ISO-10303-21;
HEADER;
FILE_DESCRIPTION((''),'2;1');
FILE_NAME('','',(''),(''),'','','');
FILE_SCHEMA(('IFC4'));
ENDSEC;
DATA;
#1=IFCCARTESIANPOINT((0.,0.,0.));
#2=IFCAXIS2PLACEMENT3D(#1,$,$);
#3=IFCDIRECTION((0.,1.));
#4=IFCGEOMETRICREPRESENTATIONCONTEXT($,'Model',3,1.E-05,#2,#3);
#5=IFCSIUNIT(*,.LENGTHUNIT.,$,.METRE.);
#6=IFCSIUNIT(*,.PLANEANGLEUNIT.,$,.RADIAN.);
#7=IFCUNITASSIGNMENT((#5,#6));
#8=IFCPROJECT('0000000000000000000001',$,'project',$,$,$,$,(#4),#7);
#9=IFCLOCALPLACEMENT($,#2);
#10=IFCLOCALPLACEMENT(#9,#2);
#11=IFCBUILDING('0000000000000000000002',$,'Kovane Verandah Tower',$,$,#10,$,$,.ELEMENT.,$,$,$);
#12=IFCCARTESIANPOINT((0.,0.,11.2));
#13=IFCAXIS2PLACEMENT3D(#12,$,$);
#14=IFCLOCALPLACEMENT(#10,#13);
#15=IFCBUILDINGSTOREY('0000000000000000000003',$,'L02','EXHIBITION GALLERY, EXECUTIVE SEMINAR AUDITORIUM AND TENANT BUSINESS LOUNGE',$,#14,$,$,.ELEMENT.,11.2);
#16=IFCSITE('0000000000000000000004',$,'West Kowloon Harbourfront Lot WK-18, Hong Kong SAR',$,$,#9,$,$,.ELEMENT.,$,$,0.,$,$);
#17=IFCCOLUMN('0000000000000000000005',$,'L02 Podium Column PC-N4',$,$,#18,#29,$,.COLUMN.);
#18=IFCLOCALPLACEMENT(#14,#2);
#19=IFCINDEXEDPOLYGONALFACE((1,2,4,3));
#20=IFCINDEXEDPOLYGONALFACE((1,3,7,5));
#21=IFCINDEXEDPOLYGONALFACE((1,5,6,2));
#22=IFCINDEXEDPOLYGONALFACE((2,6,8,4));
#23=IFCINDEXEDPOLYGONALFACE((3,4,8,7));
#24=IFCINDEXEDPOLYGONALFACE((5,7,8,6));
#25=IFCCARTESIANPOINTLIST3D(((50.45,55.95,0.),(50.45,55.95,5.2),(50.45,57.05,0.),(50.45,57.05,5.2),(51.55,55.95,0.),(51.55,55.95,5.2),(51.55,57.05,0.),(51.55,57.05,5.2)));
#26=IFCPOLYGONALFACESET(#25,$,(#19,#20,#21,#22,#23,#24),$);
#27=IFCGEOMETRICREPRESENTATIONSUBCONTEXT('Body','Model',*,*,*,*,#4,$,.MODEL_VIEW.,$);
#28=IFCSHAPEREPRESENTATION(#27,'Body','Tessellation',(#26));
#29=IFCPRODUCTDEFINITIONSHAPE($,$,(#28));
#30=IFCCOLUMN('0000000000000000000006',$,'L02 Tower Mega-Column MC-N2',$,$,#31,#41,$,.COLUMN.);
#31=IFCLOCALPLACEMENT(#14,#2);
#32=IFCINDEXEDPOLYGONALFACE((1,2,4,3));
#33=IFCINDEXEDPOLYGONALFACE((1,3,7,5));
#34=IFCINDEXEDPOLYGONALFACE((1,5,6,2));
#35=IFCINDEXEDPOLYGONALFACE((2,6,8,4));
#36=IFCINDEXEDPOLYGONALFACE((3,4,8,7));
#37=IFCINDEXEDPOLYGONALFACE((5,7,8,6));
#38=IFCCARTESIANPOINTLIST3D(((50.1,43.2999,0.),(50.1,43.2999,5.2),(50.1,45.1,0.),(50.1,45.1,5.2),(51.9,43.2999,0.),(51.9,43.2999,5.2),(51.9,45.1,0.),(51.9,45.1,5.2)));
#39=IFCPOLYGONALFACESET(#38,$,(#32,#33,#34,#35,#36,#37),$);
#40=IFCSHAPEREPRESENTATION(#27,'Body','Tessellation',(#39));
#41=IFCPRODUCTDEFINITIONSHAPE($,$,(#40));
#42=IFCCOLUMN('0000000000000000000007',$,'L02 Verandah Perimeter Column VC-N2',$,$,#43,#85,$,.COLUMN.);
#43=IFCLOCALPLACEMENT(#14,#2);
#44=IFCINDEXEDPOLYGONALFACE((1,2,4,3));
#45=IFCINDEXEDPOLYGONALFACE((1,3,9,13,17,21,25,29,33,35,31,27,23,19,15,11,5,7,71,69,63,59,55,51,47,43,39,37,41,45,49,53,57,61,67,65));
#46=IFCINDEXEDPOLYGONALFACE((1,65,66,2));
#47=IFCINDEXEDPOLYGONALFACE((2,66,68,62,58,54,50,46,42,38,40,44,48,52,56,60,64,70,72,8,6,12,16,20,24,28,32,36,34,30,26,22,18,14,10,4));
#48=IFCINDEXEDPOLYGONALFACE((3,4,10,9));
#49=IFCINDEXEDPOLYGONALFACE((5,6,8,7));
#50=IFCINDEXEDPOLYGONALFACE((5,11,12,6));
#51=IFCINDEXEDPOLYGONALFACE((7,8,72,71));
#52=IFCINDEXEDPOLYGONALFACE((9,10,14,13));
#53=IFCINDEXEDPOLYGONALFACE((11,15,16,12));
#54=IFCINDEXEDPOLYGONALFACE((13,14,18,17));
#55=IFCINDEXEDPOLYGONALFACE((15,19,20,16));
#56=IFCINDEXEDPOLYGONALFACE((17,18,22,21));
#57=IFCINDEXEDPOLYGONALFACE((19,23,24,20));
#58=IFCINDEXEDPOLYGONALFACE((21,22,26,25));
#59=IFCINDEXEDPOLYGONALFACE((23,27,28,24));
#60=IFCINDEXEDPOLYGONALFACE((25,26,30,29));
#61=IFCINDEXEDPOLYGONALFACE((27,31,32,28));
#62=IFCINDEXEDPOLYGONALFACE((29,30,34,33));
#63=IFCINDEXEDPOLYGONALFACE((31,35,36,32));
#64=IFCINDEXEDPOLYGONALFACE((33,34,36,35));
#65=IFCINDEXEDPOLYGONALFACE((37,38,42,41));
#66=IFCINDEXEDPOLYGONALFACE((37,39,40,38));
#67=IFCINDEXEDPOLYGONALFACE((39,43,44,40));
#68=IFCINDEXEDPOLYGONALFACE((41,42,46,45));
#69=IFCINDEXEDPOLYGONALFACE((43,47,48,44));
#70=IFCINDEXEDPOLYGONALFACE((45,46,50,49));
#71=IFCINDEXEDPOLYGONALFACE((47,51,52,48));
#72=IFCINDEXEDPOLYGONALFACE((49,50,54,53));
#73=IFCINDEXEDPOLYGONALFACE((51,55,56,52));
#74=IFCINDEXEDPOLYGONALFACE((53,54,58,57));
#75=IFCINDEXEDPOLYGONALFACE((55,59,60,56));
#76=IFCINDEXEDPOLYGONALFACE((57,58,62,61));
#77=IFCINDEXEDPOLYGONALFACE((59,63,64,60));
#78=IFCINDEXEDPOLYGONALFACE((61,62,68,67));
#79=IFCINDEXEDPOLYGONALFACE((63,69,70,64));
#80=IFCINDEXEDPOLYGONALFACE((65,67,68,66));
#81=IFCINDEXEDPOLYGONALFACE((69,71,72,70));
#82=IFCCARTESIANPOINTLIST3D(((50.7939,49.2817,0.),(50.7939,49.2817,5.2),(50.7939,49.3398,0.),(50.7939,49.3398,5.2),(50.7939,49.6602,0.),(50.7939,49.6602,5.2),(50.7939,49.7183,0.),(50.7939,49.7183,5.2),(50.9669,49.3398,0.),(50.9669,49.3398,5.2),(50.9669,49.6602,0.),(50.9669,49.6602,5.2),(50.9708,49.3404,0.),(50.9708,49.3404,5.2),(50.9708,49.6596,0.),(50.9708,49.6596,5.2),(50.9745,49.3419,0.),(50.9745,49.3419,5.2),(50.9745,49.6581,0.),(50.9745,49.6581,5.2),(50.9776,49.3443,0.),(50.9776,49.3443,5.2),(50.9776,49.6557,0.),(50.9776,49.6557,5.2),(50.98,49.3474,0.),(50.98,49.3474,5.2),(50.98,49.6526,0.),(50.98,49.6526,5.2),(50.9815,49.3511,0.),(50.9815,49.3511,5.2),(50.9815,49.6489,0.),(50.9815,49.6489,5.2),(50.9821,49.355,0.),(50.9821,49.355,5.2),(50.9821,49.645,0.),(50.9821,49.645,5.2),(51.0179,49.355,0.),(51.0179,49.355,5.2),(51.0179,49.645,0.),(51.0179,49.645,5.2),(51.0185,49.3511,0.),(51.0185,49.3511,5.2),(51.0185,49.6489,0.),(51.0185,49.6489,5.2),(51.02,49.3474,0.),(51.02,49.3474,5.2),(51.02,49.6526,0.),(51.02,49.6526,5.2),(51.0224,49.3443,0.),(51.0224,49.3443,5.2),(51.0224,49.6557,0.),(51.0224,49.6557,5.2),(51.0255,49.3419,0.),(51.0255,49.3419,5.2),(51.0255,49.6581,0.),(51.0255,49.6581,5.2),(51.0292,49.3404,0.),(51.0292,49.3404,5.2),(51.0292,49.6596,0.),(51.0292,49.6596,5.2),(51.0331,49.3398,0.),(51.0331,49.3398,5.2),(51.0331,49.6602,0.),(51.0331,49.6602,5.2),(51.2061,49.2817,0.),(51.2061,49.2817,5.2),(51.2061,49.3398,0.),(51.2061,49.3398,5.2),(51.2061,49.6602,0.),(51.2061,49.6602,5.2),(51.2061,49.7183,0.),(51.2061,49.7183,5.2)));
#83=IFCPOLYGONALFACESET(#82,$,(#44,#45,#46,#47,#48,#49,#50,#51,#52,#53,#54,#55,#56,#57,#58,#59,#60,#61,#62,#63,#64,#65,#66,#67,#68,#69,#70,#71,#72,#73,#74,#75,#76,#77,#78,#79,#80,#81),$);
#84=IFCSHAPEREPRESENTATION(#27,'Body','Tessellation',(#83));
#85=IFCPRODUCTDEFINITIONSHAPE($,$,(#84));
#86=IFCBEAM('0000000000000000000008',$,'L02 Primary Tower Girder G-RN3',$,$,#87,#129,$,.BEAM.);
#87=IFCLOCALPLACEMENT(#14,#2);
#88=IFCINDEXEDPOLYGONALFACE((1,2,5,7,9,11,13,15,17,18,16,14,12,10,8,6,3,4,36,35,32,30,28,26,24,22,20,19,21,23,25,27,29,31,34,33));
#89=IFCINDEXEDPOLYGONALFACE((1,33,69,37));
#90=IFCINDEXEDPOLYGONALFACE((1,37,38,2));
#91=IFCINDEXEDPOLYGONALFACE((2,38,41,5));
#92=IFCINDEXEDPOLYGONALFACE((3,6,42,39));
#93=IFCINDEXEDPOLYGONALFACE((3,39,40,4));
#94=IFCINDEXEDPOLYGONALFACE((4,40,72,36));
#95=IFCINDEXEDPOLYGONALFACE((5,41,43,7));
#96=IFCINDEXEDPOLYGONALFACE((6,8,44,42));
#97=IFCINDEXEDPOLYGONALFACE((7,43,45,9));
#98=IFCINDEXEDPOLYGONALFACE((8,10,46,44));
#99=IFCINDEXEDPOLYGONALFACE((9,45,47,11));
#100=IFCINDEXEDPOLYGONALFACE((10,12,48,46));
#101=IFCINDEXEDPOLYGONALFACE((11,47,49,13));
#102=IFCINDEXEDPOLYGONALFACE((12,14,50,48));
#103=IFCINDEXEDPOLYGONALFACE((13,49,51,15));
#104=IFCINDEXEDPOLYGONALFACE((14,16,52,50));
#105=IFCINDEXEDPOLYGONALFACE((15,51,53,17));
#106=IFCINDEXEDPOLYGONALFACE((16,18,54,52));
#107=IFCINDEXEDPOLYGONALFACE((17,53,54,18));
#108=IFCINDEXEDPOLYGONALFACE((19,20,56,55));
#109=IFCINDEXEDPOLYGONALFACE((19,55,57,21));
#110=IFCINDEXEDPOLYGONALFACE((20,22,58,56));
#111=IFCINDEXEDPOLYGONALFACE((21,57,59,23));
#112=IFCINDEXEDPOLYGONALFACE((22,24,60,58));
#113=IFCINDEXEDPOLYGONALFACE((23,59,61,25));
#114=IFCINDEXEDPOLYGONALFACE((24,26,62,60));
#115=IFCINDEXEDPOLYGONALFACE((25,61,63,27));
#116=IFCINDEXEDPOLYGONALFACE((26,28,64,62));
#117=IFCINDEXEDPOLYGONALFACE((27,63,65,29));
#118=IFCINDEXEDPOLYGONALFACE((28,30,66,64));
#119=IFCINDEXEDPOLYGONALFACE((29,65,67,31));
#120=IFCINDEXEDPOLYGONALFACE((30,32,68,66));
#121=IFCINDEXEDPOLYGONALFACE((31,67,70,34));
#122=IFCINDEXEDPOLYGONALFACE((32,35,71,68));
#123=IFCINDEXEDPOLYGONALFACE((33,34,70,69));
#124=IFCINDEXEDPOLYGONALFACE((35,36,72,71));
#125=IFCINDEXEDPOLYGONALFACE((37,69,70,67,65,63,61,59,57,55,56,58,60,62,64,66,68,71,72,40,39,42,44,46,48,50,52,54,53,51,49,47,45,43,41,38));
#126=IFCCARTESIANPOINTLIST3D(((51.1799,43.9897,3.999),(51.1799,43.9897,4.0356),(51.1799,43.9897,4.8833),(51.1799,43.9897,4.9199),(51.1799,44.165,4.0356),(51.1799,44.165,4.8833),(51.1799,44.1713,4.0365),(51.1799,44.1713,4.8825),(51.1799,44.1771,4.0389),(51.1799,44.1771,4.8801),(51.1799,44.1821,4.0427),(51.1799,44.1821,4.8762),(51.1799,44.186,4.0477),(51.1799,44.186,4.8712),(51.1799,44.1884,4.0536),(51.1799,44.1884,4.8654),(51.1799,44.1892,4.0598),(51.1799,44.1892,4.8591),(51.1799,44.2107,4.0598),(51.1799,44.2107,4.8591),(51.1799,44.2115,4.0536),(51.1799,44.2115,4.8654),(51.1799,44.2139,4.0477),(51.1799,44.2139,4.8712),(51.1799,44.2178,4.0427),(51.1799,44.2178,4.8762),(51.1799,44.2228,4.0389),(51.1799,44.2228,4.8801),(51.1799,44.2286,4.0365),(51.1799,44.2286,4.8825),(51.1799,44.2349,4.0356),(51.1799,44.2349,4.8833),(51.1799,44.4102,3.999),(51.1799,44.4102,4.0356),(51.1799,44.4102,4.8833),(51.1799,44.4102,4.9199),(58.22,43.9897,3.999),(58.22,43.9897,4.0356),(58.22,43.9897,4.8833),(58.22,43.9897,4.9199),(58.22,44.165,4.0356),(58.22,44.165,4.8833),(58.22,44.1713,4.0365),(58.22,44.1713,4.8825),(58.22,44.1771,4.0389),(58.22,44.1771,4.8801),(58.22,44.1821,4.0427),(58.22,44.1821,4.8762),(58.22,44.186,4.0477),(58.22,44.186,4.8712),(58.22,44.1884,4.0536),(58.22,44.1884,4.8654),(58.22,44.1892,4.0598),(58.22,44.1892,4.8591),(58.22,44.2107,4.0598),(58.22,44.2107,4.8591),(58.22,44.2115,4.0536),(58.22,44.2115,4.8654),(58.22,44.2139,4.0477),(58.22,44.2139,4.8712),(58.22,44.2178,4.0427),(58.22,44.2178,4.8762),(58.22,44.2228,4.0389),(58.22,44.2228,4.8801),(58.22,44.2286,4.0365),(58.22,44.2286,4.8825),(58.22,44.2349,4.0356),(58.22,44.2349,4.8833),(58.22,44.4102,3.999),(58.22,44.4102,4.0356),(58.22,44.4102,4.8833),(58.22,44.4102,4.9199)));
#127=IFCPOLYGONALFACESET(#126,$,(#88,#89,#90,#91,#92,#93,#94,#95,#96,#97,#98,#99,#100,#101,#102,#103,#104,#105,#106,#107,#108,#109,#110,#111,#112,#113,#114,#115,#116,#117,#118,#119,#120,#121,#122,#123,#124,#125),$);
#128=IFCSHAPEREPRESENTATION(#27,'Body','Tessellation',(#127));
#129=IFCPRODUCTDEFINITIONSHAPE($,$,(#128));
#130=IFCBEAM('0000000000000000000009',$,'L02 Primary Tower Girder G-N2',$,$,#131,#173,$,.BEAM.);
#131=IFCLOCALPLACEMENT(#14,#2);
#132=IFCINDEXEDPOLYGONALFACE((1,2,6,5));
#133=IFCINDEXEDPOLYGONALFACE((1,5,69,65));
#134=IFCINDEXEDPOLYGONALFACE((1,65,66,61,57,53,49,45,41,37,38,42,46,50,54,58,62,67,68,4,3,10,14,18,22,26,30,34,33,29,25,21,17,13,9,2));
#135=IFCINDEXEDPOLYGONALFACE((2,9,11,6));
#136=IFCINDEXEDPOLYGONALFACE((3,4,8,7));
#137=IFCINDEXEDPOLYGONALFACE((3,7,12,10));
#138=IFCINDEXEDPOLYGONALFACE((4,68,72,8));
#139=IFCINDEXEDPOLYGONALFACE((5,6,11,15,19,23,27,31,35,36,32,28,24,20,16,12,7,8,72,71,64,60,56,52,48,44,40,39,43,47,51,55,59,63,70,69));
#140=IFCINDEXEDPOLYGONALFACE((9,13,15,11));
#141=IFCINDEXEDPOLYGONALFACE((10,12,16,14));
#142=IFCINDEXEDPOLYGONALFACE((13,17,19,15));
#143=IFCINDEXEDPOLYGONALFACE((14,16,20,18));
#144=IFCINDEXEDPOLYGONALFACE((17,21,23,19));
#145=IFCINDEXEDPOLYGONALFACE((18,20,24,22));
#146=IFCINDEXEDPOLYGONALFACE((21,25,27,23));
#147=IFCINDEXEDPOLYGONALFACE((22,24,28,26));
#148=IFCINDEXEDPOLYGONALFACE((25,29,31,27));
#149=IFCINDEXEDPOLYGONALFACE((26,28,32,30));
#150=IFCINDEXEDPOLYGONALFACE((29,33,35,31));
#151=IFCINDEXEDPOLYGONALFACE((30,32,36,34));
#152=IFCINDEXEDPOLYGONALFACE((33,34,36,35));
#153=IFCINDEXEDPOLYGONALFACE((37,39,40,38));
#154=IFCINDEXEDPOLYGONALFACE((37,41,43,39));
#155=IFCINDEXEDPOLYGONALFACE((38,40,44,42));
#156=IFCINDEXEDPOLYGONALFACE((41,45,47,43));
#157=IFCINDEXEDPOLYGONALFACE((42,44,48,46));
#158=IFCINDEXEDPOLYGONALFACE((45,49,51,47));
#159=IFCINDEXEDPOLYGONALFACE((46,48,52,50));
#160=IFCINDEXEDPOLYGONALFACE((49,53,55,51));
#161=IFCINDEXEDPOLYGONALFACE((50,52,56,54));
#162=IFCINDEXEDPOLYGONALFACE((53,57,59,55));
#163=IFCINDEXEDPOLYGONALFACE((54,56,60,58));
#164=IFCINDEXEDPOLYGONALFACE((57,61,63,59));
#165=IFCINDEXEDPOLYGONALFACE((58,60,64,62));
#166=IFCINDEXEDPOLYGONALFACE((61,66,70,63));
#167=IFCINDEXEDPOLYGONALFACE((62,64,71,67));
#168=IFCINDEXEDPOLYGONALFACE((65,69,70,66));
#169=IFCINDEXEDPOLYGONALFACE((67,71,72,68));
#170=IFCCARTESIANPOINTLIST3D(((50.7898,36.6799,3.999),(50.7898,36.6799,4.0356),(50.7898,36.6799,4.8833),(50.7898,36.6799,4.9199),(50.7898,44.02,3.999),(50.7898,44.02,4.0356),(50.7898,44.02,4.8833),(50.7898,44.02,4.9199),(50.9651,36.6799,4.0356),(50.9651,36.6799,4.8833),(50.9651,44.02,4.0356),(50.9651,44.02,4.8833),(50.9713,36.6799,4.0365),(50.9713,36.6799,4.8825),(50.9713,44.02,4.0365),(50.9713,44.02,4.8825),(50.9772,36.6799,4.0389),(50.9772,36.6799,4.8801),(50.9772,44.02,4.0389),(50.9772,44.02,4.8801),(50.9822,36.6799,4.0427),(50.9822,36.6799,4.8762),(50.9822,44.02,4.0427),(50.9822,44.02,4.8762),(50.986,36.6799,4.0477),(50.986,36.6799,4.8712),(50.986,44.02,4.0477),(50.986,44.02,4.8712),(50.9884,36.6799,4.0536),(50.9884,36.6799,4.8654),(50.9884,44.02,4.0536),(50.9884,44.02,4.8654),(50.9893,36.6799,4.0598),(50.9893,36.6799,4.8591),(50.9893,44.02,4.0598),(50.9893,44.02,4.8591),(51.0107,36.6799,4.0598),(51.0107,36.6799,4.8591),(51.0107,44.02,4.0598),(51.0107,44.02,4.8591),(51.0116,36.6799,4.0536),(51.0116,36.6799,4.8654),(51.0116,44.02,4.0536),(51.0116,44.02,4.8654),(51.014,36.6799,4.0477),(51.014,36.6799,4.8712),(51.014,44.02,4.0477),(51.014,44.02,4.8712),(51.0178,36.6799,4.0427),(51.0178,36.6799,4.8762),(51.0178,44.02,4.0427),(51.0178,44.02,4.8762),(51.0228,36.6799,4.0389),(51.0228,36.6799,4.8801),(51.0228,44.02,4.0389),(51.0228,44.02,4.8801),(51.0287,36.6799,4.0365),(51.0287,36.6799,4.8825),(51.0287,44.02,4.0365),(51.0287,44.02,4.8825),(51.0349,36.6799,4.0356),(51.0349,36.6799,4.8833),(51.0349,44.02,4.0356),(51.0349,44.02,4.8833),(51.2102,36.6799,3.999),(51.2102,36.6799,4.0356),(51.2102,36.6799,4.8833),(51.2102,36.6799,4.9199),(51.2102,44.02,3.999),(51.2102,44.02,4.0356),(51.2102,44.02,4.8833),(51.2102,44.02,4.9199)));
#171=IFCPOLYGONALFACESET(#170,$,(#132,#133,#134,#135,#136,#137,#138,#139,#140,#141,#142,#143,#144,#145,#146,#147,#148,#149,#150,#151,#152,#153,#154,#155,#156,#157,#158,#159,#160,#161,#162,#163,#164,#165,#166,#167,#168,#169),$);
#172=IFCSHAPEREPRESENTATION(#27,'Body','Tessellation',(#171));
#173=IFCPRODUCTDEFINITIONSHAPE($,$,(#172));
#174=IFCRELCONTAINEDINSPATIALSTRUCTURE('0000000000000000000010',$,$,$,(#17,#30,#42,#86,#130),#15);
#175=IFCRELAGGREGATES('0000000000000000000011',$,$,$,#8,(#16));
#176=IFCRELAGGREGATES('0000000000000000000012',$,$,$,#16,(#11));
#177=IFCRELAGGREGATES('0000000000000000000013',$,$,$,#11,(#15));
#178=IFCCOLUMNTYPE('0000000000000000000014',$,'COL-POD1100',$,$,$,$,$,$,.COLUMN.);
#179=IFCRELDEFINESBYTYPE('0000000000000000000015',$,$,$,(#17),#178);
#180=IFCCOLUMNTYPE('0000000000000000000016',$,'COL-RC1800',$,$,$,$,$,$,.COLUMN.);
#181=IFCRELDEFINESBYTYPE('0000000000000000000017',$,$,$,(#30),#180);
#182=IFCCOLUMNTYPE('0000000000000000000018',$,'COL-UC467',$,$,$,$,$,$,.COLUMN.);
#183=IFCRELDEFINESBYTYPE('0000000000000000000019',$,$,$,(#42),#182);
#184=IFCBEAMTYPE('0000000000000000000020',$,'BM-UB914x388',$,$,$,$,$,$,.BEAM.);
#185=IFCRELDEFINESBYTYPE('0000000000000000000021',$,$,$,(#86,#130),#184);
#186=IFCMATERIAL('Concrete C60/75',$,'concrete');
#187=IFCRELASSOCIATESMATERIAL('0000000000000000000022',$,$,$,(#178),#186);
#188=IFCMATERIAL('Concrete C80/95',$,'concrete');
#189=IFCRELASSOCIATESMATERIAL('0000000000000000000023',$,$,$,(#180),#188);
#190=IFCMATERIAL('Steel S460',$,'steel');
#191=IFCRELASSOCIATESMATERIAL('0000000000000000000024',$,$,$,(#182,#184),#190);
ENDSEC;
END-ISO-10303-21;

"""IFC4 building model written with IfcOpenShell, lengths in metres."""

from ifc_helpers import new_model, si_unit, direction, frame, origin, origin_2d, place, context, subcontext, project, spatial, rectangle, i_section, extrude, material, material_profile, profile_set, type_object, element, save


model = new_model("IFC4")

# Units and contexts
model_context = context("Model", 3, precision=1e-05, world=origin(), true_north=direction((0.0, 1.0)))
body_context = subcontext(model_context, "Body", "Model", "MODEL_VIEW")
ifc_project = project(units=[si_unit("LENGTHUNIT", "METRE"), si_unit("PLANEANGLEUNIT", "RADIAN")], contexts=[model_context])

# Site, building, storey
site_placement = place(None, origin())
site = spatial("IfcSite", under=ifc_project, at=site_placement, Name="West Kowloon Harbourfront Lot WK-18, Hong Kong SAR", CompositionType="ELEMENT", RefElevation=0.0)
building_placement = place(site_placement, origin())
building = spatial("IfcBuilding", under=site, at=building_placement, Name="Kovane Verandah Tower", CompositionType="ELEMENT")
storey_placement = place(building_placement, frame((0.0, 0.0, 11.2)))
storey = spatial("IfcBuildingStorey", under=building, at=storey_placement, Name="L02", Description="EXHIBITION GALLERY, EXECUTIVE SEMINAR AUDITORIUM AND TENANT BUSINESS LOUNGE", CompositionType="ELEMENT", Elevation=11.2)

# Columns
ifc_material_1 = material(Name="Concrete C60/75", Category="concrete")
ifc_material_profile_1 = material_profile(ifc_material_1, rectangle(XDim=1.1001, YDim=1.1001, at=origin_2d()), Name="RC1100x1100")
ifc_profile_set_1 = profile_set([ifc_material_profile_1], Name="Concrete C60/75")
column_type_1 = type_object("IfcColumnType", Name="COL-POD1100", PredefinedType="COLUMN", material=ifc_profile_set_1)
column_1_placement = place(storey_placement, frame((51.0, 56.5, 0.0), z_axis=(0.0, 0.0, 1.0), x_axis=(1.0, 0.0, 0.0)))
element("IfcColumn", 1, at=column_1_placement, inside=storey, type_object=column_type_1, Name="L02 Podium Column PC-N4", PredefinedType="COLUMN", context=body_context, shape_type="SweptSolid", body=[
    extrude(rectangle(XDim=1.1001, YDim=1.1001, at=origin_2d()), origin(), (0.0, 0.0, 1.0), 5.2),
])
ifc_material_2 = material(Name="Concrete C80/95", Category="concrete")
ifc_material_profile_2 = material_profile(ifc_material_2, rectangle(XDim=1.8, YDim=1.8, at=origin_2d()), Name="RC1800x1800")
ifc_profile_set_2 = profile_set([ifc_material_profile_2], Name="Concrete C80/95")
column_type_2 = type_object("IfcColumnType", Name="COL-RC1800", PredefinedType="COLUMN", material=ifc_profile_set_2)
column_2_placement = place(storey_placement, frame((51.0, 44.2, 0.0), z_axis=(0.0, 0.0, 1.0), x_axis=(1.0, 0.0, 0.0)))
element("IfcColumn", 2, at=column_2_placement, inside=storey, type_object=column_type_2, Name="L02 Tower Mega-Column MC-N2", PredefinedType="COLUMN", context=body_context, shape_type="SweptSolid", body=[
    extrude(rectangle(XDim=1.8, YDim=1.8, at=origin_2d()), origin(), (0.0, 0.0, 1.0), 5.2),
])
ifc_material_3 = material(Name="Steel S460", Category="steel")
ifc_material_profile_3 = material_profile(ifc_material_3, i_section(OverallWidth=0.4121, OverallDepth=0.4365, WebThickness=0.0359, FlangeThickness=0.0581, FilletRadius=0.0151, at=origin_2d()), Name="UC356x406x467")
ifc_profile_set_3 = profile_set([ifc_material_profile_3], Name="Steel S460")
column_type_3 = type_object("IfcColumnType", Name="COL-UC467", PredefinedType="COLUMN", material=ifc_profile_set_3)
column_3_placement = place(storey_placement, frame((51.0, 49.5, 0.0), z_axis=(0.0, 0.0, 1.0), x_axis=(1.0, 0.0, 0.0)))
element("IfcColumn", 3, at=column_3_placement, inside=storey, type_object=column_type_3, Name="L02 Verandah Perimeter Column VC-N2", PredefinedType="COLUMN", context=body_context, shape_type="SweptSolid", body=[
    extrude(i_section(OverallWidth=0.4121, OverallDepth=0.4365, WebThickness=0.0359, FlangeThickness=0.0581, FilletRadius=0.0151, at=origin_2d()), origin(), (0.0, 0.0, 1.0), 5.2),
])

# Beams
ifc_material_profile_4 = material_profile(ifc_material_3, i_section(OverallWidth=0.4204, OverallDepth=0.9209, WebThickness=0.0215, FlangeThickness=0.0366, FilletRadius=0.0242, at=origin_2d()), Name="UB914x419x388")
ifc_profile_set_4 = profile_set([ifc_material_profile_4], Name="Steel S460")
beam_type_1 = type_object("IfcBeamType", Name="BM-UB914x388", PredefinedType="BEAM", material=ifc_profile_set_4)
beam_1_placement = place(storey_placement, frame((51.1799, 44.2, 4.4595), z_axis=(1.0, 0.0, 0.0), x_axis=(0.0, 1.0, 0.0)))
element("IfcBeam", 4, at=beam_1_placement, inside=storey, type_object=beam_type_1, Name="L02 Primary Tower Girder G-RN3", PredefinedType="BEAM", context=body_context, shape_type="SweptSolid", body=[
    extrude(i_section(OverallWidth=0.4204, OverallDepth=0.9209, WebThickness=0.0215, FlangeThickness=0.0366, FilletRadius=0.0242, at=origin_2d()), origin(), (0.0, 0.0, 1.0), 7.04),
])
beam_2_placement = place(storey_placement, frame((51.0, 36.6799, 4.4595), z_axis=(0.0, 1.0, 0.0), x_axis=(-1.0, 0.0, 0.0)))
element("IfcBeam", 5, at=beam_2_placement, inside=storey, type_object=beam_type_1, Name="L02 Primary Tower Girder G-N2", PredefinedType="BEAM", context=body_context, shape_type="SweptSolid", body=[
    extrude(i_section(OverallWidth=0.4204, OverallDepth=0.9209, WebThickness=0.0215, FlangeThickness=0.0366, FilletRadius=0.0242, at=origin_2d()), origin(), (0.0, 0.0, 1.0), 7.3401),
])

save(model, "model.ifc")
